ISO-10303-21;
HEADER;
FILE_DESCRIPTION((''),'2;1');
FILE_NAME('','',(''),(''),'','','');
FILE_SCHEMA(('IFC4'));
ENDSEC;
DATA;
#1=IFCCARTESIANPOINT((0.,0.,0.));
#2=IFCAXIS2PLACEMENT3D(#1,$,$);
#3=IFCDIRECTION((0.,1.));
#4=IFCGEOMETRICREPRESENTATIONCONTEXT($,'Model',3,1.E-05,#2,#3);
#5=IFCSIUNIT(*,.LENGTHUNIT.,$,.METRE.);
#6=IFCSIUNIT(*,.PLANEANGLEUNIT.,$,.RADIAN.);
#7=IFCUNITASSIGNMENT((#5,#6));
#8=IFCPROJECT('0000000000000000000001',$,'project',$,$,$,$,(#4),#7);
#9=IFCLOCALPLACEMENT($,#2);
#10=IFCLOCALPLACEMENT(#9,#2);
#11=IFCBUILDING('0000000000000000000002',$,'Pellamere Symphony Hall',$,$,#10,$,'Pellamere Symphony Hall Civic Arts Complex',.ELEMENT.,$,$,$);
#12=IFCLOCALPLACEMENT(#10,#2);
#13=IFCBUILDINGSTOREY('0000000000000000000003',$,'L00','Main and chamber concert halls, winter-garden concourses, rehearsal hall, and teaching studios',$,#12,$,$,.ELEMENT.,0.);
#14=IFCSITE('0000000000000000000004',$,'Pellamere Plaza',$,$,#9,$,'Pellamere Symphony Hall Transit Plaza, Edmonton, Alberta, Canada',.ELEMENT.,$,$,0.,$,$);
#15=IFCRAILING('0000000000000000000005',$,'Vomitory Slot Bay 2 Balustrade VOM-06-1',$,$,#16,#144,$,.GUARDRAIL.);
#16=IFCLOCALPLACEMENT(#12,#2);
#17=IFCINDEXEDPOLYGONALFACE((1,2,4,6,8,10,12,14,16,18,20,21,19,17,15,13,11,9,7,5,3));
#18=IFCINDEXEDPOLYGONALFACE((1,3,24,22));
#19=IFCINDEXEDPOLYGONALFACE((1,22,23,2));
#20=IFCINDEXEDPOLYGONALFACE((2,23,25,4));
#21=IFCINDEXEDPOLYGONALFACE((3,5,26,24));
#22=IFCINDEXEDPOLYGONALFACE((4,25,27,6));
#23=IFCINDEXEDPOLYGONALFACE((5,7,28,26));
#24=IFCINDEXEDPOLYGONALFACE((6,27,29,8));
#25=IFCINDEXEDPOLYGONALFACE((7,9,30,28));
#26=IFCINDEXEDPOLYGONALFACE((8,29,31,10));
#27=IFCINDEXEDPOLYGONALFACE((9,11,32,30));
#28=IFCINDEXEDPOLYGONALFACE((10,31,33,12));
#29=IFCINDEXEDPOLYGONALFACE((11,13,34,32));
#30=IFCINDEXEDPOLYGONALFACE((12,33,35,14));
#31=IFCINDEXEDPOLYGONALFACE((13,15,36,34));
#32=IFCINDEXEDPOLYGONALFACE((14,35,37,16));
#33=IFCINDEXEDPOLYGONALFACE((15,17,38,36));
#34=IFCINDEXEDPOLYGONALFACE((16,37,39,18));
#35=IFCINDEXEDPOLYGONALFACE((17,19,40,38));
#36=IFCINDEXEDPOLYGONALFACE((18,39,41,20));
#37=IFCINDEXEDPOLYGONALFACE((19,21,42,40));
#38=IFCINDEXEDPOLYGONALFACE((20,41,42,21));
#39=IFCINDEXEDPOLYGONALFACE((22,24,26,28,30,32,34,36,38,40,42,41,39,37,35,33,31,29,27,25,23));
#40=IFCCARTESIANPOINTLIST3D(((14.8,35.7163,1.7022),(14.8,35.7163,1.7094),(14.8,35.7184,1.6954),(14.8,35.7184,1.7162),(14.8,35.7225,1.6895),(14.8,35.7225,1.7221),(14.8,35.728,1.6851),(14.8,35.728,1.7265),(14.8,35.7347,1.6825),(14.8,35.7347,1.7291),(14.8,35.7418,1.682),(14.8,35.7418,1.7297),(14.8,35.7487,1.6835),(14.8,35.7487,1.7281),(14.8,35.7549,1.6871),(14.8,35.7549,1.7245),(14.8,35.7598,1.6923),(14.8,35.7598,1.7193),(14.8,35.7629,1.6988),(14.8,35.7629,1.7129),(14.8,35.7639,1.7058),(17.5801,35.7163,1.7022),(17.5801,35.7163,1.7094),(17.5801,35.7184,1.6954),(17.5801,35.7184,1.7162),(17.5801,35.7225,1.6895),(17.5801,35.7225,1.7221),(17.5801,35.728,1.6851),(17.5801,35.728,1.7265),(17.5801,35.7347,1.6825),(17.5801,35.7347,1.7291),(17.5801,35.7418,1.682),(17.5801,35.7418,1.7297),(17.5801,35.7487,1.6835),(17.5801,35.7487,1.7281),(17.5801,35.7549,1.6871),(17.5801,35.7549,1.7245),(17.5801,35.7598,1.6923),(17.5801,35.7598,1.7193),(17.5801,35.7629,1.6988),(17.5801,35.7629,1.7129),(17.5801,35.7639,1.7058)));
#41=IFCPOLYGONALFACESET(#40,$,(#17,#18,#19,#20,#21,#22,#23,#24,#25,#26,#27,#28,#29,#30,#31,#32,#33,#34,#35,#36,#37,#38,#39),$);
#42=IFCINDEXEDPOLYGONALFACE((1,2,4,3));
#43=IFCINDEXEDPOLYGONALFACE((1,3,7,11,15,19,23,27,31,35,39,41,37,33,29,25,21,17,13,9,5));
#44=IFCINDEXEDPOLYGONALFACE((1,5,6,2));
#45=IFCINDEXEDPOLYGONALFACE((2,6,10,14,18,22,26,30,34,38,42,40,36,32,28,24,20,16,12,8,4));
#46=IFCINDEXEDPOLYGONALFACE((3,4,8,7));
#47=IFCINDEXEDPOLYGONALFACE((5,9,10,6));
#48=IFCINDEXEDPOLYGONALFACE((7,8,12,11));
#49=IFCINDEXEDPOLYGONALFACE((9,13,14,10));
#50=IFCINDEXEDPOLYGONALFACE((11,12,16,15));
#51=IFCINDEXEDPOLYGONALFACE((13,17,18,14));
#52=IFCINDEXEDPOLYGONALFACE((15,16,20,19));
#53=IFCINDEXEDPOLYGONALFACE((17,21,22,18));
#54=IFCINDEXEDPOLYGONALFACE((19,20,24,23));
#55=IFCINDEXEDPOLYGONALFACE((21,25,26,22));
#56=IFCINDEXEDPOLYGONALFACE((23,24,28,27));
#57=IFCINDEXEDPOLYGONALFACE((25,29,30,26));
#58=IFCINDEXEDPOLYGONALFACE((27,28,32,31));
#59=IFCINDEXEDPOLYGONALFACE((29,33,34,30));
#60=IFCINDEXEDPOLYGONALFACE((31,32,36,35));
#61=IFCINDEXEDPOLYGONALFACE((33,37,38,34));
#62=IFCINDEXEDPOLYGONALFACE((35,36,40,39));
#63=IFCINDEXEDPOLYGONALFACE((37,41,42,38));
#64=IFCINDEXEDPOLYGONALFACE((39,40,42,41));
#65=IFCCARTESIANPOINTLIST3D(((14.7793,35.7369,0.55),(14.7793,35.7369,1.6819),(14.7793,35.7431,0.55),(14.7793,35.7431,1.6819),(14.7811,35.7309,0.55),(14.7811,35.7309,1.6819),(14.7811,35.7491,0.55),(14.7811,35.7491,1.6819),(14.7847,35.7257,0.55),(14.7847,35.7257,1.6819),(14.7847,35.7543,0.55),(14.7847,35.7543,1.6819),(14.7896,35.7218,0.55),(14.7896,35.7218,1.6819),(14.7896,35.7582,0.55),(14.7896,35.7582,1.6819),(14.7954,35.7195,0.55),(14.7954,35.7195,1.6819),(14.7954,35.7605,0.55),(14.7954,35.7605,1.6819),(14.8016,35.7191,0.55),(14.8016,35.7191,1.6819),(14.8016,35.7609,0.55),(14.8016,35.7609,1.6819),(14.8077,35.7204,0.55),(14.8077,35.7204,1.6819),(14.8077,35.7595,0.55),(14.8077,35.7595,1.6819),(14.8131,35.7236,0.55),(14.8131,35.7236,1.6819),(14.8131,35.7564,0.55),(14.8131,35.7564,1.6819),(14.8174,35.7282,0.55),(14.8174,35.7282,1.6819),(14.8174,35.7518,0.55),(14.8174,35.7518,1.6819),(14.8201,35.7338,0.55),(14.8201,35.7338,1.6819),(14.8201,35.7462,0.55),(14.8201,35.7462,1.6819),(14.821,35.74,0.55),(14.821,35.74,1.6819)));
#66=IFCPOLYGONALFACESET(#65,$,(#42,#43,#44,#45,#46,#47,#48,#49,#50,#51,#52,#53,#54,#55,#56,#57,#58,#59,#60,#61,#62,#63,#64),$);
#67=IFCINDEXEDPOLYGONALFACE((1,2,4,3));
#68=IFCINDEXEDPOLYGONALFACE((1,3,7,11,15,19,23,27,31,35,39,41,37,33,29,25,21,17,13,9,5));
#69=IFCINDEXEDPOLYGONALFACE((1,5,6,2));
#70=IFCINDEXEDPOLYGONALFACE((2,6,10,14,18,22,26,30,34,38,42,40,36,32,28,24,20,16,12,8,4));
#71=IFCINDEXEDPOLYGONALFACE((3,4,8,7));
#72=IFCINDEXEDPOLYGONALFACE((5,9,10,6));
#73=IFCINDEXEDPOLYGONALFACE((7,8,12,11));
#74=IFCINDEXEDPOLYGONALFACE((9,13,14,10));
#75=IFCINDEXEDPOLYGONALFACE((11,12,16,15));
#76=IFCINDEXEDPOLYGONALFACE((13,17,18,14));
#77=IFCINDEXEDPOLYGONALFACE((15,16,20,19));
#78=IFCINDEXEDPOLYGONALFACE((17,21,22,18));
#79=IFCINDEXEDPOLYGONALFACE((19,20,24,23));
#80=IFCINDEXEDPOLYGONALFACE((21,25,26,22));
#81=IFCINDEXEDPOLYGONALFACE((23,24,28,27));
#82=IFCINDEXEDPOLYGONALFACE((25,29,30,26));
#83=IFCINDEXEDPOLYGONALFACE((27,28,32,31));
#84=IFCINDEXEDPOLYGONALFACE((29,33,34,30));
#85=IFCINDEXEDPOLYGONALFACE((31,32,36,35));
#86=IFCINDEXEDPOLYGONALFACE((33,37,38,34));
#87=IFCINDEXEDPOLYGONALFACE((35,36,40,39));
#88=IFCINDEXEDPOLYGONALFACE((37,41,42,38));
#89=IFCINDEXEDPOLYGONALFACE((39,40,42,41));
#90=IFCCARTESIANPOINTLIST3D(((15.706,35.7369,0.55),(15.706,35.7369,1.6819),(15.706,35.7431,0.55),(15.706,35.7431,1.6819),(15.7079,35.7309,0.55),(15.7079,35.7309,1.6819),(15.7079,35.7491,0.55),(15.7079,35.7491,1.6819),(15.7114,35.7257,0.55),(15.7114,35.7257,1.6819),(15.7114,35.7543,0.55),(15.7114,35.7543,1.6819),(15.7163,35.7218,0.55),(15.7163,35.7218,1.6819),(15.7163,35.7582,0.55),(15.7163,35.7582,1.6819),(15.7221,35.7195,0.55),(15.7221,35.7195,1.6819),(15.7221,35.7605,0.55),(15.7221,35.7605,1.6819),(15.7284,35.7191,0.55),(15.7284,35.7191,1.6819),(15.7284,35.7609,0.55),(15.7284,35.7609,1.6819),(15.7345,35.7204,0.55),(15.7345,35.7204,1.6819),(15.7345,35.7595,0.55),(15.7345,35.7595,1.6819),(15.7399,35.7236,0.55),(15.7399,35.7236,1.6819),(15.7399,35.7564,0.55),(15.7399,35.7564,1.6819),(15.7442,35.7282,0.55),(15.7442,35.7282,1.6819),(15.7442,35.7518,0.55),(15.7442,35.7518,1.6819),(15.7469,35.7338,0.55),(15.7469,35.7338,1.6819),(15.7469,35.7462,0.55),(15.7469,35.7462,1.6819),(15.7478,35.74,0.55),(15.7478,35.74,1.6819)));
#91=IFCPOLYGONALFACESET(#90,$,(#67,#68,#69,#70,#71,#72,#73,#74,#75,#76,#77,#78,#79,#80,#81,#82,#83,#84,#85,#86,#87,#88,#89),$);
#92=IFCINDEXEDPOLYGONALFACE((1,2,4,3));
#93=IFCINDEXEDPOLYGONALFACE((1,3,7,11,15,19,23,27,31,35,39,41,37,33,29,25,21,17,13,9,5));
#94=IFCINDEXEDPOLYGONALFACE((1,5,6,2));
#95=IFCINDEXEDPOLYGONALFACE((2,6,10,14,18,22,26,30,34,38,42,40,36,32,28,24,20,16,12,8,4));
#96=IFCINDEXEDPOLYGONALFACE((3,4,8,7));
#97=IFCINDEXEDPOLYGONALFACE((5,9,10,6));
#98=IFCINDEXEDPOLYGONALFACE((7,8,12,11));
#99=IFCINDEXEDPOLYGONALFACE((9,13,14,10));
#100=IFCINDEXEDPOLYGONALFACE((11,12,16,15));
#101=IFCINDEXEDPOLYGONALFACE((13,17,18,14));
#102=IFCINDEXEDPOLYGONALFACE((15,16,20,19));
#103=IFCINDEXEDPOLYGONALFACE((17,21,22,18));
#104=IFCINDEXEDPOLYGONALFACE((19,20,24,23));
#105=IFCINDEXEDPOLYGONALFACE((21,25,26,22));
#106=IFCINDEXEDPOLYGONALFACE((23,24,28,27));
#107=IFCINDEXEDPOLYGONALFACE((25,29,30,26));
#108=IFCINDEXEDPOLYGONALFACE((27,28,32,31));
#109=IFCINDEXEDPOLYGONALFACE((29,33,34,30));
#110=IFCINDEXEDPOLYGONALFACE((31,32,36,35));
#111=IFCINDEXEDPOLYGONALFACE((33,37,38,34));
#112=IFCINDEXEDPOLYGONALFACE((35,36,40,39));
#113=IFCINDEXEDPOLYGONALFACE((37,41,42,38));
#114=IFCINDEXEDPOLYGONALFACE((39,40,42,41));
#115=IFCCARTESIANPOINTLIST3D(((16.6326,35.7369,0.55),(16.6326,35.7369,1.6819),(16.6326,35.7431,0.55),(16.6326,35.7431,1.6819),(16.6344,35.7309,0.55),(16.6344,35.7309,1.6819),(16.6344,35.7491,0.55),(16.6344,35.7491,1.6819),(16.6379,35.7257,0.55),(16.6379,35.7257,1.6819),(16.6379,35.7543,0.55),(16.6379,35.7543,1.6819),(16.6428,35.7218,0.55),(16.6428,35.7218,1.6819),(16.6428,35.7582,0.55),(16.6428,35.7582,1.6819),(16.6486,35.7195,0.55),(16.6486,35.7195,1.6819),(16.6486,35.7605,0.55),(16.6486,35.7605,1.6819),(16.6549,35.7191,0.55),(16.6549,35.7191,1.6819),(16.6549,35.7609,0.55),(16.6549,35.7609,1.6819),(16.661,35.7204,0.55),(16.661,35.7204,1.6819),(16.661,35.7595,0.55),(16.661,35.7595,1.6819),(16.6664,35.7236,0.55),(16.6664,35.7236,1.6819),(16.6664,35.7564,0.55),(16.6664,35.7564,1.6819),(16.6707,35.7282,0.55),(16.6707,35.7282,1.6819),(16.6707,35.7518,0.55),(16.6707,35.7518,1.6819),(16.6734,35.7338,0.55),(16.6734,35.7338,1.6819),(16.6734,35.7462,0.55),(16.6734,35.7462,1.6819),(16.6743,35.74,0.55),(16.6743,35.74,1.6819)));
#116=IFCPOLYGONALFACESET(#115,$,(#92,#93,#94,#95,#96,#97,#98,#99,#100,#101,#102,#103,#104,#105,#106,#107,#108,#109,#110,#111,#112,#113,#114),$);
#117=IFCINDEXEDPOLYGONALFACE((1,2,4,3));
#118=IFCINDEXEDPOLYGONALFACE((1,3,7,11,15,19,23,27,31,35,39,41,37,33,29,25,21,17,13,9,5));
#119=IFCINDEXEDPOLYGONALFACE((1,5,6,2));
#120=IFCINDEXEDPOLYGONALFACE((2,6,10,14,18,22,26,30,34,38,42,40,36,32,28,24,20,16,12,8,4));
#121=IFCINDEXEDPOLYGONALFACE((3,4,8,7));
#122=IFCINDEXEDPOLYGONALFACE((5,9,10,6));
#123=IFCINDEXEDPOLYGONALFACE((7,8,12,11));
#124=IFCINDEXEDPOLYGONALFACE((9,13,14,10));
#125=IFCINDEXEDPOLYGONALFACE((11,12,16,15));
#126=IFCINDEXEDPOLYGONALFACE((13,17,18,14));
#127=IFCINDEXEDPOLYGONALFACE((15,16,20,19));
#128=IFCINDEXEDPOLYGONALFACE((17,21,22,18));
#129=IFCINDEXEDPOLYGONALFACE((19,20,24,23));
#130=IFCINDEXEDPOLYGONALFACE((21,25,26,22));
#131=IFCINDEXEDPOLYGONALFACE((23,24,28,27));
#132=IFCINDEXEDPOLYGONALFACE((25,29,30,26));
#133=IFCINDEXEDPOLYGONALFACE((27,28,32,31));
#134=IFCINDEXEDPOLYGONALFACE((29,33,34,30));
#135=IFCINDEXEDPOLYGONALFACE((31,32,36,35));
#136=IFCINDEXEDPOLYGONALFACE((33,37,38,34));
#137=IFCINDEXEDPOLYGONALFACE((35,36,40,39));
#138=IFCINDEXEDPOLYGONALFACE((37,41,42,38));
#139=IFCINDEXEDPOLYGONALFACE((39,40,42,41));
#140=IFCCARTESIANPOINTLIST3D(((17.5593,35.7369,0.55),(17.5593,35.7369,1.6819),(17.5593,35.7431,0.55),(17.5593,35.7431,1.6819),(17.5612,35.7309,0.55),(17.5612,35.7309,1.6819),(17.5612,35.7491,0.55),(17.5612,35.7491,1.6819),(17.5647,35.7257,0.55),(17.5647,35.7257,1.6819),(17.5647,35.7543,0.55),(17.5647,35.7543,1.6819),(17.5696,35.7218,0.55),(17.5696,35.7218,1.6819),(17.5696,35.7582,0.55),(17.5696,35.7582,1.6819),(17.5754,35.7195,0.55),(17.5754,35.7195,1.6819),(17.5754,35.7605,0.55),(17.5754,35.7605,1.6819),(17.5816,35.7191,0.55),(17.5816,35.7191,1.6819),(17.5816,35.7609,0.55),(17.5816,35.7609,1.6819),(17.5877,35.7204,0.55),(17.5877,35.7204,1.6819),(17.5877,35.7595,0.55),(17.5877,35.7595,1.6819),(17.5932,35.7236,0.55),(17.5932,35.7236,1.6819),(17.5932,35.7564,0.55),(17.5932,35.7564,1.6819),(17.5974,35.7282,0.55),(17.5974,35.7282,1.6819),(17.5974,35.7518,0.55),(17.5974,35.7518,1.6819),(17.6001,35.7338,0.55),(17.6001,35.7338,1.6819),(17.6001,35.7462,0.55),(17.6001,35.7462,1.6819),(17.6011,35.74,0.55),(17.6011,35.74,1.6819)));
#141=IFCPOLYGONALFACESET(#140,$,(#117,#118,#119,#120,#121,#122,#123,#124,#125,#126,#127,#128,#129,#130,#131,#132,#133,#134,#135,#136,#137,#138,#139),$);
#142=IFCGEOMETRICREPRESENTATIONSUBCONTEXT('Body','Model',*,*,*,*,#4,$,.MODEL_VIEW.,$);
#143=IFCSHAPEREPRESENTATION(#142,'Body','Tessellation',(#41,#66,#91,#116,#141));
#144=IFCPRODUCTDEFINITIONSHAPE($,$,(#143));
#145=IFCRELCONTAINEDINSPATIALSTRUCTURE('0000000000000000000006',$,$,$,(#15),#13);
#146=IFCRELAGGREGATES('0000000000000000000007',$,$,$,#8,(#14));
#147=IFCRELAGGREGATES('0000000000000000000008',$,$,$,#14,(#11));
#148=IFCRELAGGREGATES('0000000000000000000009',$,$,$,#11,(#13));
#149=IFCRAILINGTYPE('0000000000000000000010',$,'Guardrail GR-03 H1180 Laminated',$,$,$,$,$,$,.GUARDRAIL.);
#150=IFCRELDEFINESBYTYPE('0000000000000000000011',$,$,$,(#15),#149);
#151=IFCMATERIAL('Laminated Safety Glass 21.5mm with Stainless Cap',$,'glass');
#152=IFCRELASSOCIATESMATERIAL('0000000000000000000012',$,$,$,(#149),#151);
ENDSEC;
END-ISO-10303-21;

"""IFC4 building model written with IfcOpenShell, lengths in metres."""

from ifc_helpers import new_model, si_unit, direction, frame, origin, origin_2d, place, context, subcontext, project, spatial, circle, extrude, material, type_object, element, save


model = new_model("IFC4")

# Units and contexts
model_context = context("Model", 3, precision=1e-05, world=origin(), true_north=direction((0.0, 1.0)))
body_context = subcontext(model_context, "Body", "Model", "MODEL_VIEW")
ifc_project = project(units=[si_unit("LENGTHUNIT", "METRE"), si_unit("PLANEANGLEUNIT", "RADIAN")], contexts=[model_context])

# Site, building, storey
site_placement = place(None, origin())
site = spatial("IfcSite", under=ifc_project, at=site_placement, Name="Pellamere Plaza", LongName="Pellamere Symphony Hall Transit Plaza, Edmonton, Alberta, Canada", CompositionType="ELEMENT", RefElevation=0.0)
building_placement = place(site_placement, origin())
building = spatial("IfcBuilding", under=site, at=building_placement, Name="Pellamere Symphony Hall", LongName="Pellamere Symphony Hall Civic Arts Complex", CompositionType="ELEMENT")
storey_placement = place(building_placement, origin())
storey = spatial("IfcBuildingStorey", under=building, at=storey_placement, Name="L00", Description="Main and chamber concert halls, winter-garden concourses, rehearsal hall, and teaching studios", CompositionType="ELEMENT", Elevation=0.0)

# Railing
ifc_material_1 = material(Name="Laminated Safety Glass 21.5mm with Stainless Cap", Category="glass")
railing_type_1 = type_object("IfcRailingType", Name="Guardrail GR-03 H1180 Laminated", PredefinedType="GUARDRAIL", material=ifc_material_1)
for number, where, name in (
    (1, (14.8, 35.74, 0.55), "Vomitory Slot Bay 2 Balustrade VOM-06-1"),
):
    element("IfcRailing", number, at=place(storey_placement, frame(where)), inside=storey, type_object=railing_type_1, Name=name, PredefinedType="GUARDRAIL", context=body_context, shape_type="SweptSolid", body=[
        extrude(circle(Radius=0.0239, at=origin_2d()), frame((0.0, 0.0, 1.1558), z_axis=(1.0, 0.0, 0.0), x_axis=(0.0, 1.0, 0.0)), (0.0, 0.0, 1.0), 2.78),
        extrude(circle(Radius=0.021, at=origin_2d()), origin(), (0.0, 0.0, 1.0), 1.1318),
        extrude(circle(Radius=0.021, at=origin_2d()), frame((0.9268, 0.0, 0.0)), (0.0, 0.0, 1.0), 1.1318),
        extrude(circle(Radius=0.021, at=origin_2d()), frame((1.8533, 0.0, 0.0)), (0.0, 0.0, 1.0), 1.1318),
        extrude(circle(Radius=0.021, at=origin_2d()), frame((2.78, 0.0, 0.0)), (0.0, 0.0, 1.0), 1.1318),
    ])

save(model, "model.ifc")
